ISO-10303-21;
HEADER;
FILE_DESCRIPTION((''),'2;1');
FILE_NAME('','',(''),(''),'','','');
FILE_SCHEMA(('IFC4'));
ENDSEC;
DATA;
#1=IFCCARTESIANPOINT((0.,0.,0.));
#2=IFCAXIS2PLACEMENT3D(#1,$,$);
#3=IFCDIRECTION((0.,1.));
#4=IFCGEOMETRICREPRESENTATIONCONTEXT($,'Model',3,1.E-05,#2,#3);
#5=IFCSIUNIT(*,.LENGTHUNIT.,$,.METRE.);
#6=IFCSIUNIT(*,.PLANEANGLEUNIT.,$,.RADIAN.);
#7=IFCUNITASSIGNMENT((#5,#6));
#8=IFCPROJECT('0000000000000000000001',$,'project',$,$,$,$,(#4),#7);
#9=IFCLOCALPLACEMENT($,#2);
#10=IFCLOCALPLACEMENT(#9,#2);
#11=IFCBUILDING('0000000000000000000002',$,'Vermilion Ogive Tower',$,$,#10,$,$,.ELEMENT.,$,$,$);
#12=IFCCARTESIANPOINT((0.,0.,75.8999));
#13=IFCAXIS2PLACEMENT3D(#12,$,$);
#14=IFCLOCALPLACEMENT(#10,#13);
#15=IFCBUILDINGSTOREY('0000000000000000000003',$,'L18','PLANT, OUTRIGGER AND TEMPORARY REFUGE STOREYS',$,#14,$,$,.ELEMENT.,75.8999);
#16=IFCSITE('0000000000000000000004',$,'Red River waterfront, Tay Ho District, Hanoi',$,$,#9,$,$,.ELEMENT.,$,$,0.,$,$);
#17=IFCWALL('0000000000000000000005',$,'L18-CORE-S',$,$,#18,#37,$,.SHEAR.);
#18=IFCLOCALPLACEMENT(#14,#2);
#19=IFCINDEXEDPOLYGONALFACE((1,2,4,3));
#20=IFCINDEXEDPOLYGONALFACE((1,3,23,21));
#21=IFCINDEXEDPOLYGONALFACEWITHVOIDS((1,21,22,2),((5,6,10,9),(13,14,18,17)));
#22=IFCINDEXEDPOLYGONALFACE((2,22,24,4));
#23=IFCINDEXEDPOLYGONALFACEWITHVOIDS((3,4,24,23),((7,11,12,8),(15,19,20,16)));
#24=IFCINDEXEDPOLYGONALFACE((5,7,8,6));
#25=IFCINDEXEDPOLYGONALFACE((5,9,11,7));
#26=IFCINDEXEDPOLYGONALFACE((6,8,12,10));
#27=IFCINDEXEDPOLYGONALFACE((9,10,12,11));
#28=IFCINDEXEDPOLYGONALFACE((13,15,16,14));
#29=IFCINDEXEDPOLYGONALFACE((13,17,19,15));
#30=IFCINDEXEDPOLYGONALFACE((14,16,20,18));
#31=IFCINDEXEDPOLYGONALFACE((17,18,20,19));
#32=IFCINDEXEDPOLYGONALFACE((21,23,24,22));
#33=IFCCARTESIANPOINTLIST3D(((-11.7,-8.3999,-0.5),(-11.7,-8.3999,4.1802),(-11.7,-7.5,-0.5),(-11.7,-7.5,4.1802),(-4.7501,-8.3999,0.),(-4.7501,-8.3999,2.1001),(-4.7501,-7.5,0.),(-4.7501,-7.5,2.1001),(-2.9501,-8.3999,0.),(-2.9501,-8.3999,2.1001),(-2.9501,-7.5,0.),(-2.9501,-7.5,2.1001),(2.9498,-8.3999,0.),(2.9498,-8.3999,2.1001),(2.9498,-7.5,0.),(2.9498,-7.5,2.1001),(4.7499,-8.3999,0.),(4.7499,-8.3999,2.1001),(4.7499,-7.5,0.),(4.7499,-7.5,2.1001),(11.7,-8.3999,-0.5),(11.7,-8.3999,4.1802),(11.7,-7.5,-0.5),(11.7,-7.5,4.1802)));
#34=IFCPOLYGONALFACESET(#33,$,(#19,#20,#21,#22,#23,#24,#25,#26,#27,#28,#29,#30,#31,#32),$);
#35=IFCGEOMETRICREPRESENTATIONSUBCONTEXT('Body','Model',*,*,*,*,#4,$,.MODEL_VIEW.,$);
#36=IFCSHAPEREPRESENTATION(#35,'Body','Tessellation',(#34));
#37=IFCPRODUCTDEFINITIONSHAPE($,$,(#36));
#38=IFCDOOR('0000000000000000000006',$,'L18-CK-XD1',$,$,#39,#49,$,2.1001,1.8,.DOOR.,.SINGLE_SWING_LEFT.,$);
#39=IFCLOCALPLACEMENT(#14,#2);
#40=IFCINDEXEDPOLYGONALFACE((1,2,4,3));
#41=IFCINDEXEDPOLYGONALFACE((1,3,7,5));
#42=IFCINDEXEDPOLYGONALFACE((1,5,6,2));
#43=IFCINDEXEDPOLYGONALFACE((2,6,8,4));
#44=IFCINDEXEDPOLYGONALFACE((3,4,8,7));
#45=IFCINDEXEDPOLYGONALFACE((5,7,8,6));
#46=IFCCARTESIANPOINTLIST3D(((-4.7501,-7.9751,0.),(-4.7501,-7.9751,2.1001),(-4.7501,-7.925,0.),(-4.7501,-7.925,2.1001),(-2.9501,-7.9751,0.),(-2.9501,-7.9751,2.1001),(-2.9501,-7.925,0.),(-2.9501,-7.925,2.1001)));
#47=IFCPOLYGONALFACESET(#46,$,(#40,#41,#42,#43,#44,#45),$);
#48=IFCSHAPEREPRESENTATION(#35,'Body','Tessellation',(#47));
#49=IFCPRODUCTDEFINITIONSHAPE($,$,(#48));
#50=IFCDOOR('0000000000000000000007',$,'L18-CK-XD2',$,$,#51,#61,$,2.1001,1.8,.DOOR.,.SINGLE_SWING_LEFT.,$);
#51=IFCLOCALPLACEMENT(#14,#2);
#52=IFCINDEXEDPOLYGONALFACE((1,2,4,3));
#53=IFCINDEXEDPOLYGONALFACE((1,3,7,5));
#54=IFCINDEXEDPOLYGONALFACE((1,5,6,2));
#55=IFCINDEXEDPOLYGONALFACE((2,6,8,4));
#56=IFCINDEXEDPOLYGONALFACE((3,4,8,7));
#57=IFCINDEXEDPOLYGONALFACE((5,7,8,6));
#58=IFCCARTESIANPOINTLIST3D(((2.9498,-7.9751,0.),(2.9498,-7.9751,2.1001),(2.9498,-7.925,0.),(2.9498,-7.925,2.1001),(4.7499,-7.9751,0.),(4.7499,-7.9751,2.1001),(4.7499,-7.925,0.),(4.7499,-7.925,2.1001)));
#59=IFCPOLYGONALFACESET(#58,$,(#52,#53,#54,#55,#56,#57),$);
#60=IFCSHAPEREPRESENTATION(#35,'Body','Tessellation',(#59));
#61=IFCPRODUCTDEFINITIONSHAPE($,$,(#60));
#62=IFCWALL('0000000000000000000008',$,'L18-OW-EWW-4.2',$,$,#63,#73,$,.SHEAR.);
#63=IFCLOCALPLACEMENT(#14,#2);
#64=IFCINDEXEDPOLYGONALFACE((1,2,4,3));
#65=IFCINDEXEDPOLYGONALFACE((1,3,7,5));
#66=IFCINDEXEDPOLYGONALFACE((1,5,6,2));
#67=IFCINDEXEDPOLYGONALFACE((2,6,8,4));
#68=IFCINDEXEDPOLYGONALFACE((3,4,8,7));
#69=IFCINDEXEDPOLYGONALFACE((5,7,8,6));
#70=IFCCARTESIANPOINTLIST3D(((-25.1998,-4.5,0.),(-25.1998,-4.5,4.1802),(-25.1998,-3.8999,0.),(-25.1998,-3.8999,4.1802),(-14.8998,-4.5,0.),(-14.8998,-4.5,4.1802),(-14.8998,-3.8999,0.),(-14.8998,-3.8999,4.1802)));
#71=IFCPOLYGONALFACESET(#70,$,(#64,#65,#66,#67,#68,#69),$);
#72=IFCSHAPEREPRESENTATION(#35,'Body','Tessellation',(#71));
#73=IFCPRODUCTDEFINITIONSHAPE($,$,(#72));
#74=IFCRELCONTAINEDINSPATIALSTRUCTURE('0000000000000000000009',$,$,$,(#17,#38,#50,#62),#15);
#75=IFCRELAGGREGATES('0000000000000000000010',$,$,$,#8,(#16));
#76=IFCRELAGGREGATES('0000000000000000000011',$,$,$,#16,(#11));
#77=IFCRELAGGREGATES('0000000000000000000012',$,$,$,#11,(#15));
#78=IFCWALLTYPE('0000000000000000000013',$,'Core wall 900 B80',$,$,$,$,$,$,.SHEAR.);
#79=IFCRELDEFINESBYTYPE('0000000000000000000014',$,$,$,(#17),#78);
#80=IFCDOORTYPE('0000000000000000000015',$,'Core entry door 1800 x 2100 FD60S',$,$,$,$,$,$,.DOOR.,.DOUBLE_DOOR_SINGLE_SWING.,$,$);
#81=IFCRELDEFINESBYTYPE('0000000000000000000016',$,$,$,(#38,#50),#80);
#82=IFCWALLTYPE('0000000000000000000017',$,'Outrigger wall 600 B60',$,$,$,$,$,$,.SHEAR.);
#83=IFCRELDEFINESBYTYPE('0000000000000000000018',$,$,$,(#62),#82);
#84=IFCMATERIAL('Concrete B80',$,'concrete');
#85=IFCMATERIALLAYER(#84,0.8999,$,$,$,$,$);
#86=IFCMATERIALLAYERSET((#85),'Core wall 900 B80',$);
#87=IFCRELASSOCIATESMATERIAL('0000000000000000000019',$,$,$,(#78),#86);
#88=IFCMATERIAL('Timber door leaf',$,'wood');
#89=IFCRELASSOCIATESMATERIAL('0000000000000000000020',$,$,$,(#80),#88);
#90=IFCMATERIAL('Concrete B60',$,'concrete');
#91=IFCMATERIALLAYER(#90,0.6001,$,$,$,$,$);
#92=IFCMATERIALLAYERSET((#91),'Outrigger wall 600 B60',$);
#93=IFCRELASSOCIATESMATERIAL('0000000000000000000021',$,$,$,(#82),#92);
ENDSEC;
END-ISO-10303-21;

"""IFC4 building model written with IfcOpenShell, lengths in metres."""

from ifc_helpers import new_model, si_unit, direction, frame, frame_2d, origin, place, context, subcontext, project, spatial, rectangle, extrude, material, layer, layer_set, type_object, element, fill, save


model = new_model("IFC4")

# Units and contexts
model_context = context("Model", 3, precision=1e-05, world=origin(), true_north=direction((0.0, 1.0)))
body_context = subcontext(model_context, "Body", "Model", "MODEL_VIEW")
ifc_project = project(units=[si_unit("LENGTHUNIT", "METRE"), si_unit("PLANEANGLEUNIT", "RADIAN")], contexts=[model_context])

# Site, building, storey
site_placement = place(None, origin())
site = spatial("IfcSite", under=ifc_project, at=site_placement, Name="Red River waterfront, Tay Ho District, Hanoi", CompositionType="ELEMENT", RefElevation=0.0)
building_placement = place(site_placement, origin())
building = spatial("IfcBuilding", under=site, at=building_placement, Name="Vermilion Ogive Tower", CompositionType="ELEMENT")
storey_placement = place(building_placement, frame((0.0, 0.0, 75.8999)))
storey = spatial("IfcBuildingStorey", under=building, at=storey_placement, Name="L18", Description="PLANT, OUTRIGGER AND TEMPORARY REFUGE STOREYS", CompositionType="ELEMENT", Elevation=75.8999)

# Wall, openings, doors
ifc_material_1 = material(Name="Concrete B80", Category="concrete")
ifc_layer_1 = layer(ifc_material_1, 0.8999)
ifc_layer_set_1 = layer_set([ifc_layer_1], Name="Core wall 900 B80")
wall_type_1 = type_object("IfcWallType", Name="Core wall 900 B80", PredefinedType="SHEAR", material=ifc_layer_set_1)
wall_1_placement = place(storey_placement, frame((-11.7, -7.95, -0.5), z_axis=(0.0, 0.0, 1.0), x_axis=(1.0, 0.0, 0.0)))
wall_1 = element("IfcWall", 1, at=wall_1_placement, inside=storey, type_object=wall_type_1, Name="L18-CORE-S", PredefinedType="SHEAR", context=body_context, shape_type="SweptSolid", body=[
    extrude(rectangle(XDim=23.3999, YDim=0.8999, at=frame_2d((11.7, 0.0))), origin(), (0.0, 0.0, 1.0), 4.6802),
])
opening_1_placement = place(wall_1_placement, frame((6.95, 0.0, 0.5)))
opening_1 = element("IfcOpeningElement", 2, at=opening_1_placement, cuts=wall_1, PredefinedType="OPENING", context=body_context, shape_type="SweptSolid", body=[
    extrude(rectangle(XDim=1.8, YDim=2.1001, at=frame_2d((0.8999, 1.05))), frame((0.0, 0.46, 0.0), z_axis=(0.0, -1.0, 0.0), x_axis=(1.0, 0.0, 0.0)), (0.0, 0.0, 1.0), 0.9199),
])
opening_2_placement = place(wall_1_placement, frame((14.6499, 0.0, 0.5)))
opening_2 = element("IfcOpeningElement", 3, at=opening_2_placement, cuts=wall_1, PredefinedType="OPENING", context=body_context, shape_type="SweptSolid", body=[
    extrude(rectangle(XDim=1.8, YDim=2.1001, at=frame_2d((0.8999, 1.05))), frame((0.0, 0.46, 0.0), z_axis=(0.0, -1.0, 0.0), x_axis=(1.0, 0.0, 0.0)), (0.0, 0.0, 1.0), 0.9199),
])
ifc_material_2 = material(Name="Timber door leaf", Category="wood")
door_type_1 = type_object("IfcDoorType", Name="Core entry door 1800 x 2100 FD60S", OperationType="DOUBLE_DOOR_SINGLE_SWING", PredefinedType="DOOR", material=ifc_material_2)
door_1_placement = place(opening_1_placement, origin())
door_1 = element("IfcDoor", 4, at=door_1_placement, inside=storey, type_object=door_type_1, Name="L18-CK-XD1", OperationType="SINGLE_SWING_LEFT", OverallHeight=2.1001, OverallWidth=1.8, PredefinedType="DOOR", context=body_context, shape_type="SweptSolid", body=[
    extrude(rectangle(XDim=1.8, YDim=2.1001, at=frame_2d((0.8999, 1.05))), frame((0.0, 0.0249, 0.0), z_axis=(0.0, -1.0, 0.0), x_axis=(1.0, 0.0, 0.0)), (0.0, 0.0, 1.0), 0.05),
])
fill(opening_1, door_1)
door_2_placement = place(opening_2_placement, origin())
door_2 = element("IfcDoor", 5, at=door_2_placement, inside=storey, type_object=door_type_1, Name="L18-CK-XD2", OperationType="SINGLE_SWING_LEFT", OverallHeight=2.1001, OverallWidth=1.8, PredefinedType="DOOR", context=body_context, shape_type="SweptSolid", body=[
    extrude(rectangle(XDim=1.8, YDim=2.1001, at=frame_2d((0.8999, 1.05))), frame((0.0, 0.0249, 0.0), z_axis=(0.0, -1.0, 0.0), x_axis=(1.0, 0.0, 0.0)), (0.0, 0.0, 1.0), 0.05),
])
fill(opening_2, door_2)

# Wall
ifc_material_3 = material(Name="Concrete B60", Category="concrete")
ifc_layer_2 = layer(ifc_material_3, 0.6001)
ifc_layer_set_2 = layer_set([ifc_layer_2], Name="Outrigger wall 600 B60")
wall_type_2 = type_object("IfcWallType", Name="Outrigger wall 600 B60", PredefinedType="SHEAR", material=ifc_layer_set_2)
wall_2_placement = place(storey_placement, frame((-14.8999, -4.2, 0.0), z_axis=(0.0, 0.0, 1.0), x_axis=(-1.0, 0.0, 0.0)))
element("IfcWall", 6, at=wall_2_placement, inside=storey, type_object=wall_type_2, Name="L18-OW-EWW-4.2", PredefinedType="SHEAR", context=body_context, shape_type="SweptSolid", body=[
    extrude(rectangle(XDim=10.3, YDim=0.6001, at=frame_2d((5.1499, 0.0))), origin(), (0.0, 0.0, 1.0), 4.1802),
])

save(model, "model.ifc")
